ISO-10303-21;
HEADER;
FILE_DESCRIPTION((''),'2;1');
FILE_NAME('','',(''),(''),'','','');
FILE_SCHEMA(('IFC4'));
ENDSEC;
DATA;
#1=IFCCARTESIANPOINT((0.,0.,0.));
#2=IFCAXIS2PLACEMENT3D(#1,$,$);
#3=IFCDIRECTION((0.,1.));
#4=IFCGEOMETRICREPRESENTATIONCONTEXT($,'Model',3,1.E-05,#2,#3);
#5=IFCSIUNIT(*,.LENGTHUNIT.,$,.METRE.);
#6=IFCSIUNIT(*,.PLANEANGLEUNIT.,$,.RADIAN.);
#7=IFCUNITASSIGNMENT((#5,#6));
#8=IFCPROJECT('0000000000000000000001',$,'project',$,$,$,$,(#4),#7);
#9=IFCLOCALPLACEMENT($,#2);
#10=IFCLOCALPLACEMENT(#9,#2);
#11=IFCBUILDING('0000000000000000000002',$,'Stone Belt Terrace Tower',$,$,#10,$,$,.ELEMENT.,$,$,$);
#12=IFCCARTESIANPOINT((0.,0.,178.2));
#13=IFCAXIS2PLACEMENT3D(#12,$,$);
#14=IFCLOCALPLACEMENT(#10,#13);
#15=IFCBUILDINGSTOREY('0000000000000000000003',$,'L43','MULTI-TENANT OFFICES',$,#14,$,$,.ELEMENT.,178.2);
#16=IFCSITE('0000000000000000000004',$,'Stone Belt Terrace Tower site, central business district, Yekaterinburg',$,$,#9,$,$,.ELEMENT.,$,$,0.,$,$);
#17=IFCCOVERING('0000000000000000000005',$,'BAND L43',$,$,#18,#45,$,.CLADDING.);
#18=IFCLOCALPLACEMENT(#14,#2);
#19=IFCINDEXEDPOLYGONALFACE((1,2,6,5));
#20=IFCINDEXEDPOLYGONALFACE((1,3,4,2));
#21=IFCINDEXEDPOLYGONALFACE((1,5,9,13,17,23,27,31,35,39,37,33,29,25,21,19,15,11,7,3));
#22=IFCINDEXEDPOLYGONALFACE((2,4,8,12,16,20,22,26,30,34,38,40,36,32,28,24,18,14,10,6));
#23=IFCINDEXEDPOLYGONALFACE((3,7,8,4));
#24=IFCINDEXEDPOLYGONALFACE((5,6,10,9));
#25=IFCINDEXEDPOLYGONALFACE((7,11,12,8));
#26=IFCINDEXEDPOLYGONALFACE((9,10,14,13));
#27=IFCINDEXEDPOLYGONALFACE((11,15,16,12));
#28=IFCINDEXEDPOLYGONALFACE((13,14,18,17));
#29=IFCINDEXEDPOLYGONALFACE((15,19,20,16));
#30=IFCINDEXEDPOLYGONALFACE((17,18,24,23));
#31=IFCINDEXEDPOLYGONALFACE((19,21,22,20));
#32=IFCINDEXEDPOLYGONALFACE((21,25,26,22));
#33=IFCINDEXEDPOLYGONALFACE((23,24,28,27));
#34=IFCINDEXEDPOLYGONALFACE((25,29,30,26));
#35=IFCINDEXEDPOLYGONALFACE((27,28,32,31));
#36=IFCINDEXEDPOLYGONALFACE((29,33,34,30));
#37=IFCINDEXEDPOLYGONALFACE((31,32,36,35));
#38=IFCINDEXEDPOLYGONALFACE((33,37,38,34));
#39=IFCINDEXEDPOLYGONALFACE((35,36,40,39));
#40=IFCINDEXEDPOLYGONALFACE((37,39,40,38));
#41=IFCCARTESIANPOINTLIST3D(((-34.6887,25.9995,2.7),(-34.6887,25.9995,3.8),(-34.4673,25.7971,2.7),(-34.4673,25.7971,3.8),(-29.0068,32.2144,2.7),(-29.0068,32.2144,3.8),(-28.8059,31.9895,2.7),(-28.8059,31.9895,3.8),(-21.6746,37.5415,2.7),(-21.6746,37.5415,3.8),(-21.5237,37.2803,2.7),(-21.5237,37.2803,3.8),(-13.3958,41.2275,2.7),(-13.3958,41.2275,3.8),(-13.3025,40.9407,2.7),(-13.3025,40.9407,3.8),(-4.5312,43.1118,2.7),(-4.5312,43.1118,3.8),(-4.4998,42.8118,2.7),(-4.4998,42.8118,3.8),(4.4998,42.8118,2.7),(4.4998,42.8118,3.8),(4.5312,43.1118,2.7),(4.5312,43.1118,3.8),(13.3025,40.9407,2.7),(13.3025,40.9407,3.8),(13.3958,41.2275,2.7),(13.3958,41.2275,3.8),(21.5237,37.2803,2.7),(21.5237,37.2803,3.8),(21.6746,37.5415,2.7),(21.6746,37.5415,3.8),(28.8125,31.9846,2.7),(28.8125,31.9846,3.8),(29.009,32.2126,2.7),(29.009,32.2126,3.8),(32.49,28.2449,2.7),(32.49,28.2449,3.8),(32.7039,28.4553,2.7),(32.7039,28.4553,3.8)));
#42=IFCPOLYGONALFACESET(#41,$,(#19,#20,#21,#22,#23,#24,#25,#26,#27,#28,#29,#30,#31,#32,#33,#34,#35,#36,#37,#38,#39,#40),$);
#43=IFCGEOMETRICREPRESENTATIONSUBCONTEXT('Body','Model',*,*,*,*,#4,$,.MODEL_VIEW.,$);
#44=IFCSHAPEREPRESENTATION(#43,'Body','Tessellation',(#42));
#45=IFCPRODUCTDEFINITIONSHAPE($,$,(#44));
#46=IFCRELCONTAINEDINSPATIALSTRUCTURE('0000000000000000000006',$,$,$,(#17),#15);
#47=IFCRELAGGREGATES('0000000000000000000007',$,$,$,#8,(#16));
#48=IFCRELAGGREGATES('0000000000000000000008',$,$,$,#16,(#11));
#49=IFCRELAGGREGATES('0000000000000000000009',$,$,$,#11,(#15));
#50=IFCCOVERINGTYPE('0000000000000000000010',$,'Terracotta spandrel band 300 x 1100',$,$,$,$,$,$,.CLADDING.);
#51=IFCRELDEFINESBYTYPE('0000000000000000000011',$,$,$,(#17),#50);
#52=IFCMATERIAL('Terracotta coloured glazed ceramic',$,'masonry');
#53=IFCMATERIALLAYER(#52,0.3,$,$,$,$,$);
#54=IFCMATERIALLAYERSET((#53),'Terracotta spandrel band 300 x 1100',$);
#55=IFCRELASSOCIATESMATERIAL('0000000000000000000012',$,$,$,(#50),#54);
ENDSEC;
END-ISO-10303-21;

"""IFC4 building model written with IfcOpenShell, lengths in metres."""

from ifc_helpers import new_model, si_unit, direction, frame, origin, place, context, subcontext, project, spatial, polyline, outline, extrude, material, layer, layer_set, type_object, element, save


model = new_model("IFC4")

# Units and contexts
model_context = context("Model", 3, precision=1e-05, world=origin(), true_north=direction((0.0, 1.0)))
body_context = subcontext(model_context, "Body", "Model", "MODEL_VIEW")
ifc_project = project(units=[si_unit("LENGTHUNIT", "METRE"), si_unit("PLANEANGLEUNIT", "RADIAN")], contexts=[model_context])

# Site, building, storey
site_placement = place(None, origin())
site = spatial("IfcSite", under=ifc_project, at=site_placement, Name="Stone Belt Terrace Tower site, central business district, Yekaterinburg", CompositionType="ELEMENT", RefElevation=0.0)
building_placement = place(site_placement, origin())
building = spatial("IfcBuilding", under=site, at=building_placement, Name="Stone Belt Terrace Tower", CompositionType="ELEMENT")
storey_placement = place(building_placement, frame((0.0, 0.0, 178.2)))
storey = spatial("IfcBuildingStorey", under=building, at=storey_placement, Name="L43", Description="MULTI-TENANT OFFICES", CompositionType="ELEMENT", Elevation=178.2)

# Covering
ifc_material_1 = material(Name="Terracotta coloured glazed ceramic", Category="masonry")
ifc_layer_1 = layer(ifc_material_1, 0.3)
ifc_layer_set_1 = layer_set([ifc_layer_1], Name="Terracotta spandrel band 300 x 1100")
covering_type = type_object("IfcCoveringType", Name="Terracotta spandrel band 300 x 1100", PredefinedType="CLADDING", material=ifc_layer_set_1)
covering_placement = place(storey_placement, frame((0.0, 0.0, 2.7)))
element("IfcCovering", 1, at=covering_placement, inside=storey, type_object=covering_type, Name="BAND L43", PredefinedType="CLADDING", context=body_context, shape_type="SweptSolid", body=[
    extrude(outline(polyline([(-34.6887, 25.9995), (-29.0068, 32.2144), (-21.6746, 37.5415), (-13.3958, 41.2275), (-4.5312, 43.1118), (4.5312, 43.1118), (13.3958, 41.2275), (21.6746, 37.5415), (29.009, 32.2126), (32.7039, 28.4553), (32.49, 28.2449), (28.8125, 31.9846), (21.5237, 37.2803), (13.3025, 40.9407), (4.4998, 42.8118), (-4.4998, 42.8118), (-13.3025, 40.9407), (-21.5237, 37.2803), (-28.8059, 31.9895), (-34.4673, 25.7971), (-34.6887, 25.9995)])), origin(), (0.0, 0.0, 1.0), 1.1001),
])

save(model, "model.ifc")
